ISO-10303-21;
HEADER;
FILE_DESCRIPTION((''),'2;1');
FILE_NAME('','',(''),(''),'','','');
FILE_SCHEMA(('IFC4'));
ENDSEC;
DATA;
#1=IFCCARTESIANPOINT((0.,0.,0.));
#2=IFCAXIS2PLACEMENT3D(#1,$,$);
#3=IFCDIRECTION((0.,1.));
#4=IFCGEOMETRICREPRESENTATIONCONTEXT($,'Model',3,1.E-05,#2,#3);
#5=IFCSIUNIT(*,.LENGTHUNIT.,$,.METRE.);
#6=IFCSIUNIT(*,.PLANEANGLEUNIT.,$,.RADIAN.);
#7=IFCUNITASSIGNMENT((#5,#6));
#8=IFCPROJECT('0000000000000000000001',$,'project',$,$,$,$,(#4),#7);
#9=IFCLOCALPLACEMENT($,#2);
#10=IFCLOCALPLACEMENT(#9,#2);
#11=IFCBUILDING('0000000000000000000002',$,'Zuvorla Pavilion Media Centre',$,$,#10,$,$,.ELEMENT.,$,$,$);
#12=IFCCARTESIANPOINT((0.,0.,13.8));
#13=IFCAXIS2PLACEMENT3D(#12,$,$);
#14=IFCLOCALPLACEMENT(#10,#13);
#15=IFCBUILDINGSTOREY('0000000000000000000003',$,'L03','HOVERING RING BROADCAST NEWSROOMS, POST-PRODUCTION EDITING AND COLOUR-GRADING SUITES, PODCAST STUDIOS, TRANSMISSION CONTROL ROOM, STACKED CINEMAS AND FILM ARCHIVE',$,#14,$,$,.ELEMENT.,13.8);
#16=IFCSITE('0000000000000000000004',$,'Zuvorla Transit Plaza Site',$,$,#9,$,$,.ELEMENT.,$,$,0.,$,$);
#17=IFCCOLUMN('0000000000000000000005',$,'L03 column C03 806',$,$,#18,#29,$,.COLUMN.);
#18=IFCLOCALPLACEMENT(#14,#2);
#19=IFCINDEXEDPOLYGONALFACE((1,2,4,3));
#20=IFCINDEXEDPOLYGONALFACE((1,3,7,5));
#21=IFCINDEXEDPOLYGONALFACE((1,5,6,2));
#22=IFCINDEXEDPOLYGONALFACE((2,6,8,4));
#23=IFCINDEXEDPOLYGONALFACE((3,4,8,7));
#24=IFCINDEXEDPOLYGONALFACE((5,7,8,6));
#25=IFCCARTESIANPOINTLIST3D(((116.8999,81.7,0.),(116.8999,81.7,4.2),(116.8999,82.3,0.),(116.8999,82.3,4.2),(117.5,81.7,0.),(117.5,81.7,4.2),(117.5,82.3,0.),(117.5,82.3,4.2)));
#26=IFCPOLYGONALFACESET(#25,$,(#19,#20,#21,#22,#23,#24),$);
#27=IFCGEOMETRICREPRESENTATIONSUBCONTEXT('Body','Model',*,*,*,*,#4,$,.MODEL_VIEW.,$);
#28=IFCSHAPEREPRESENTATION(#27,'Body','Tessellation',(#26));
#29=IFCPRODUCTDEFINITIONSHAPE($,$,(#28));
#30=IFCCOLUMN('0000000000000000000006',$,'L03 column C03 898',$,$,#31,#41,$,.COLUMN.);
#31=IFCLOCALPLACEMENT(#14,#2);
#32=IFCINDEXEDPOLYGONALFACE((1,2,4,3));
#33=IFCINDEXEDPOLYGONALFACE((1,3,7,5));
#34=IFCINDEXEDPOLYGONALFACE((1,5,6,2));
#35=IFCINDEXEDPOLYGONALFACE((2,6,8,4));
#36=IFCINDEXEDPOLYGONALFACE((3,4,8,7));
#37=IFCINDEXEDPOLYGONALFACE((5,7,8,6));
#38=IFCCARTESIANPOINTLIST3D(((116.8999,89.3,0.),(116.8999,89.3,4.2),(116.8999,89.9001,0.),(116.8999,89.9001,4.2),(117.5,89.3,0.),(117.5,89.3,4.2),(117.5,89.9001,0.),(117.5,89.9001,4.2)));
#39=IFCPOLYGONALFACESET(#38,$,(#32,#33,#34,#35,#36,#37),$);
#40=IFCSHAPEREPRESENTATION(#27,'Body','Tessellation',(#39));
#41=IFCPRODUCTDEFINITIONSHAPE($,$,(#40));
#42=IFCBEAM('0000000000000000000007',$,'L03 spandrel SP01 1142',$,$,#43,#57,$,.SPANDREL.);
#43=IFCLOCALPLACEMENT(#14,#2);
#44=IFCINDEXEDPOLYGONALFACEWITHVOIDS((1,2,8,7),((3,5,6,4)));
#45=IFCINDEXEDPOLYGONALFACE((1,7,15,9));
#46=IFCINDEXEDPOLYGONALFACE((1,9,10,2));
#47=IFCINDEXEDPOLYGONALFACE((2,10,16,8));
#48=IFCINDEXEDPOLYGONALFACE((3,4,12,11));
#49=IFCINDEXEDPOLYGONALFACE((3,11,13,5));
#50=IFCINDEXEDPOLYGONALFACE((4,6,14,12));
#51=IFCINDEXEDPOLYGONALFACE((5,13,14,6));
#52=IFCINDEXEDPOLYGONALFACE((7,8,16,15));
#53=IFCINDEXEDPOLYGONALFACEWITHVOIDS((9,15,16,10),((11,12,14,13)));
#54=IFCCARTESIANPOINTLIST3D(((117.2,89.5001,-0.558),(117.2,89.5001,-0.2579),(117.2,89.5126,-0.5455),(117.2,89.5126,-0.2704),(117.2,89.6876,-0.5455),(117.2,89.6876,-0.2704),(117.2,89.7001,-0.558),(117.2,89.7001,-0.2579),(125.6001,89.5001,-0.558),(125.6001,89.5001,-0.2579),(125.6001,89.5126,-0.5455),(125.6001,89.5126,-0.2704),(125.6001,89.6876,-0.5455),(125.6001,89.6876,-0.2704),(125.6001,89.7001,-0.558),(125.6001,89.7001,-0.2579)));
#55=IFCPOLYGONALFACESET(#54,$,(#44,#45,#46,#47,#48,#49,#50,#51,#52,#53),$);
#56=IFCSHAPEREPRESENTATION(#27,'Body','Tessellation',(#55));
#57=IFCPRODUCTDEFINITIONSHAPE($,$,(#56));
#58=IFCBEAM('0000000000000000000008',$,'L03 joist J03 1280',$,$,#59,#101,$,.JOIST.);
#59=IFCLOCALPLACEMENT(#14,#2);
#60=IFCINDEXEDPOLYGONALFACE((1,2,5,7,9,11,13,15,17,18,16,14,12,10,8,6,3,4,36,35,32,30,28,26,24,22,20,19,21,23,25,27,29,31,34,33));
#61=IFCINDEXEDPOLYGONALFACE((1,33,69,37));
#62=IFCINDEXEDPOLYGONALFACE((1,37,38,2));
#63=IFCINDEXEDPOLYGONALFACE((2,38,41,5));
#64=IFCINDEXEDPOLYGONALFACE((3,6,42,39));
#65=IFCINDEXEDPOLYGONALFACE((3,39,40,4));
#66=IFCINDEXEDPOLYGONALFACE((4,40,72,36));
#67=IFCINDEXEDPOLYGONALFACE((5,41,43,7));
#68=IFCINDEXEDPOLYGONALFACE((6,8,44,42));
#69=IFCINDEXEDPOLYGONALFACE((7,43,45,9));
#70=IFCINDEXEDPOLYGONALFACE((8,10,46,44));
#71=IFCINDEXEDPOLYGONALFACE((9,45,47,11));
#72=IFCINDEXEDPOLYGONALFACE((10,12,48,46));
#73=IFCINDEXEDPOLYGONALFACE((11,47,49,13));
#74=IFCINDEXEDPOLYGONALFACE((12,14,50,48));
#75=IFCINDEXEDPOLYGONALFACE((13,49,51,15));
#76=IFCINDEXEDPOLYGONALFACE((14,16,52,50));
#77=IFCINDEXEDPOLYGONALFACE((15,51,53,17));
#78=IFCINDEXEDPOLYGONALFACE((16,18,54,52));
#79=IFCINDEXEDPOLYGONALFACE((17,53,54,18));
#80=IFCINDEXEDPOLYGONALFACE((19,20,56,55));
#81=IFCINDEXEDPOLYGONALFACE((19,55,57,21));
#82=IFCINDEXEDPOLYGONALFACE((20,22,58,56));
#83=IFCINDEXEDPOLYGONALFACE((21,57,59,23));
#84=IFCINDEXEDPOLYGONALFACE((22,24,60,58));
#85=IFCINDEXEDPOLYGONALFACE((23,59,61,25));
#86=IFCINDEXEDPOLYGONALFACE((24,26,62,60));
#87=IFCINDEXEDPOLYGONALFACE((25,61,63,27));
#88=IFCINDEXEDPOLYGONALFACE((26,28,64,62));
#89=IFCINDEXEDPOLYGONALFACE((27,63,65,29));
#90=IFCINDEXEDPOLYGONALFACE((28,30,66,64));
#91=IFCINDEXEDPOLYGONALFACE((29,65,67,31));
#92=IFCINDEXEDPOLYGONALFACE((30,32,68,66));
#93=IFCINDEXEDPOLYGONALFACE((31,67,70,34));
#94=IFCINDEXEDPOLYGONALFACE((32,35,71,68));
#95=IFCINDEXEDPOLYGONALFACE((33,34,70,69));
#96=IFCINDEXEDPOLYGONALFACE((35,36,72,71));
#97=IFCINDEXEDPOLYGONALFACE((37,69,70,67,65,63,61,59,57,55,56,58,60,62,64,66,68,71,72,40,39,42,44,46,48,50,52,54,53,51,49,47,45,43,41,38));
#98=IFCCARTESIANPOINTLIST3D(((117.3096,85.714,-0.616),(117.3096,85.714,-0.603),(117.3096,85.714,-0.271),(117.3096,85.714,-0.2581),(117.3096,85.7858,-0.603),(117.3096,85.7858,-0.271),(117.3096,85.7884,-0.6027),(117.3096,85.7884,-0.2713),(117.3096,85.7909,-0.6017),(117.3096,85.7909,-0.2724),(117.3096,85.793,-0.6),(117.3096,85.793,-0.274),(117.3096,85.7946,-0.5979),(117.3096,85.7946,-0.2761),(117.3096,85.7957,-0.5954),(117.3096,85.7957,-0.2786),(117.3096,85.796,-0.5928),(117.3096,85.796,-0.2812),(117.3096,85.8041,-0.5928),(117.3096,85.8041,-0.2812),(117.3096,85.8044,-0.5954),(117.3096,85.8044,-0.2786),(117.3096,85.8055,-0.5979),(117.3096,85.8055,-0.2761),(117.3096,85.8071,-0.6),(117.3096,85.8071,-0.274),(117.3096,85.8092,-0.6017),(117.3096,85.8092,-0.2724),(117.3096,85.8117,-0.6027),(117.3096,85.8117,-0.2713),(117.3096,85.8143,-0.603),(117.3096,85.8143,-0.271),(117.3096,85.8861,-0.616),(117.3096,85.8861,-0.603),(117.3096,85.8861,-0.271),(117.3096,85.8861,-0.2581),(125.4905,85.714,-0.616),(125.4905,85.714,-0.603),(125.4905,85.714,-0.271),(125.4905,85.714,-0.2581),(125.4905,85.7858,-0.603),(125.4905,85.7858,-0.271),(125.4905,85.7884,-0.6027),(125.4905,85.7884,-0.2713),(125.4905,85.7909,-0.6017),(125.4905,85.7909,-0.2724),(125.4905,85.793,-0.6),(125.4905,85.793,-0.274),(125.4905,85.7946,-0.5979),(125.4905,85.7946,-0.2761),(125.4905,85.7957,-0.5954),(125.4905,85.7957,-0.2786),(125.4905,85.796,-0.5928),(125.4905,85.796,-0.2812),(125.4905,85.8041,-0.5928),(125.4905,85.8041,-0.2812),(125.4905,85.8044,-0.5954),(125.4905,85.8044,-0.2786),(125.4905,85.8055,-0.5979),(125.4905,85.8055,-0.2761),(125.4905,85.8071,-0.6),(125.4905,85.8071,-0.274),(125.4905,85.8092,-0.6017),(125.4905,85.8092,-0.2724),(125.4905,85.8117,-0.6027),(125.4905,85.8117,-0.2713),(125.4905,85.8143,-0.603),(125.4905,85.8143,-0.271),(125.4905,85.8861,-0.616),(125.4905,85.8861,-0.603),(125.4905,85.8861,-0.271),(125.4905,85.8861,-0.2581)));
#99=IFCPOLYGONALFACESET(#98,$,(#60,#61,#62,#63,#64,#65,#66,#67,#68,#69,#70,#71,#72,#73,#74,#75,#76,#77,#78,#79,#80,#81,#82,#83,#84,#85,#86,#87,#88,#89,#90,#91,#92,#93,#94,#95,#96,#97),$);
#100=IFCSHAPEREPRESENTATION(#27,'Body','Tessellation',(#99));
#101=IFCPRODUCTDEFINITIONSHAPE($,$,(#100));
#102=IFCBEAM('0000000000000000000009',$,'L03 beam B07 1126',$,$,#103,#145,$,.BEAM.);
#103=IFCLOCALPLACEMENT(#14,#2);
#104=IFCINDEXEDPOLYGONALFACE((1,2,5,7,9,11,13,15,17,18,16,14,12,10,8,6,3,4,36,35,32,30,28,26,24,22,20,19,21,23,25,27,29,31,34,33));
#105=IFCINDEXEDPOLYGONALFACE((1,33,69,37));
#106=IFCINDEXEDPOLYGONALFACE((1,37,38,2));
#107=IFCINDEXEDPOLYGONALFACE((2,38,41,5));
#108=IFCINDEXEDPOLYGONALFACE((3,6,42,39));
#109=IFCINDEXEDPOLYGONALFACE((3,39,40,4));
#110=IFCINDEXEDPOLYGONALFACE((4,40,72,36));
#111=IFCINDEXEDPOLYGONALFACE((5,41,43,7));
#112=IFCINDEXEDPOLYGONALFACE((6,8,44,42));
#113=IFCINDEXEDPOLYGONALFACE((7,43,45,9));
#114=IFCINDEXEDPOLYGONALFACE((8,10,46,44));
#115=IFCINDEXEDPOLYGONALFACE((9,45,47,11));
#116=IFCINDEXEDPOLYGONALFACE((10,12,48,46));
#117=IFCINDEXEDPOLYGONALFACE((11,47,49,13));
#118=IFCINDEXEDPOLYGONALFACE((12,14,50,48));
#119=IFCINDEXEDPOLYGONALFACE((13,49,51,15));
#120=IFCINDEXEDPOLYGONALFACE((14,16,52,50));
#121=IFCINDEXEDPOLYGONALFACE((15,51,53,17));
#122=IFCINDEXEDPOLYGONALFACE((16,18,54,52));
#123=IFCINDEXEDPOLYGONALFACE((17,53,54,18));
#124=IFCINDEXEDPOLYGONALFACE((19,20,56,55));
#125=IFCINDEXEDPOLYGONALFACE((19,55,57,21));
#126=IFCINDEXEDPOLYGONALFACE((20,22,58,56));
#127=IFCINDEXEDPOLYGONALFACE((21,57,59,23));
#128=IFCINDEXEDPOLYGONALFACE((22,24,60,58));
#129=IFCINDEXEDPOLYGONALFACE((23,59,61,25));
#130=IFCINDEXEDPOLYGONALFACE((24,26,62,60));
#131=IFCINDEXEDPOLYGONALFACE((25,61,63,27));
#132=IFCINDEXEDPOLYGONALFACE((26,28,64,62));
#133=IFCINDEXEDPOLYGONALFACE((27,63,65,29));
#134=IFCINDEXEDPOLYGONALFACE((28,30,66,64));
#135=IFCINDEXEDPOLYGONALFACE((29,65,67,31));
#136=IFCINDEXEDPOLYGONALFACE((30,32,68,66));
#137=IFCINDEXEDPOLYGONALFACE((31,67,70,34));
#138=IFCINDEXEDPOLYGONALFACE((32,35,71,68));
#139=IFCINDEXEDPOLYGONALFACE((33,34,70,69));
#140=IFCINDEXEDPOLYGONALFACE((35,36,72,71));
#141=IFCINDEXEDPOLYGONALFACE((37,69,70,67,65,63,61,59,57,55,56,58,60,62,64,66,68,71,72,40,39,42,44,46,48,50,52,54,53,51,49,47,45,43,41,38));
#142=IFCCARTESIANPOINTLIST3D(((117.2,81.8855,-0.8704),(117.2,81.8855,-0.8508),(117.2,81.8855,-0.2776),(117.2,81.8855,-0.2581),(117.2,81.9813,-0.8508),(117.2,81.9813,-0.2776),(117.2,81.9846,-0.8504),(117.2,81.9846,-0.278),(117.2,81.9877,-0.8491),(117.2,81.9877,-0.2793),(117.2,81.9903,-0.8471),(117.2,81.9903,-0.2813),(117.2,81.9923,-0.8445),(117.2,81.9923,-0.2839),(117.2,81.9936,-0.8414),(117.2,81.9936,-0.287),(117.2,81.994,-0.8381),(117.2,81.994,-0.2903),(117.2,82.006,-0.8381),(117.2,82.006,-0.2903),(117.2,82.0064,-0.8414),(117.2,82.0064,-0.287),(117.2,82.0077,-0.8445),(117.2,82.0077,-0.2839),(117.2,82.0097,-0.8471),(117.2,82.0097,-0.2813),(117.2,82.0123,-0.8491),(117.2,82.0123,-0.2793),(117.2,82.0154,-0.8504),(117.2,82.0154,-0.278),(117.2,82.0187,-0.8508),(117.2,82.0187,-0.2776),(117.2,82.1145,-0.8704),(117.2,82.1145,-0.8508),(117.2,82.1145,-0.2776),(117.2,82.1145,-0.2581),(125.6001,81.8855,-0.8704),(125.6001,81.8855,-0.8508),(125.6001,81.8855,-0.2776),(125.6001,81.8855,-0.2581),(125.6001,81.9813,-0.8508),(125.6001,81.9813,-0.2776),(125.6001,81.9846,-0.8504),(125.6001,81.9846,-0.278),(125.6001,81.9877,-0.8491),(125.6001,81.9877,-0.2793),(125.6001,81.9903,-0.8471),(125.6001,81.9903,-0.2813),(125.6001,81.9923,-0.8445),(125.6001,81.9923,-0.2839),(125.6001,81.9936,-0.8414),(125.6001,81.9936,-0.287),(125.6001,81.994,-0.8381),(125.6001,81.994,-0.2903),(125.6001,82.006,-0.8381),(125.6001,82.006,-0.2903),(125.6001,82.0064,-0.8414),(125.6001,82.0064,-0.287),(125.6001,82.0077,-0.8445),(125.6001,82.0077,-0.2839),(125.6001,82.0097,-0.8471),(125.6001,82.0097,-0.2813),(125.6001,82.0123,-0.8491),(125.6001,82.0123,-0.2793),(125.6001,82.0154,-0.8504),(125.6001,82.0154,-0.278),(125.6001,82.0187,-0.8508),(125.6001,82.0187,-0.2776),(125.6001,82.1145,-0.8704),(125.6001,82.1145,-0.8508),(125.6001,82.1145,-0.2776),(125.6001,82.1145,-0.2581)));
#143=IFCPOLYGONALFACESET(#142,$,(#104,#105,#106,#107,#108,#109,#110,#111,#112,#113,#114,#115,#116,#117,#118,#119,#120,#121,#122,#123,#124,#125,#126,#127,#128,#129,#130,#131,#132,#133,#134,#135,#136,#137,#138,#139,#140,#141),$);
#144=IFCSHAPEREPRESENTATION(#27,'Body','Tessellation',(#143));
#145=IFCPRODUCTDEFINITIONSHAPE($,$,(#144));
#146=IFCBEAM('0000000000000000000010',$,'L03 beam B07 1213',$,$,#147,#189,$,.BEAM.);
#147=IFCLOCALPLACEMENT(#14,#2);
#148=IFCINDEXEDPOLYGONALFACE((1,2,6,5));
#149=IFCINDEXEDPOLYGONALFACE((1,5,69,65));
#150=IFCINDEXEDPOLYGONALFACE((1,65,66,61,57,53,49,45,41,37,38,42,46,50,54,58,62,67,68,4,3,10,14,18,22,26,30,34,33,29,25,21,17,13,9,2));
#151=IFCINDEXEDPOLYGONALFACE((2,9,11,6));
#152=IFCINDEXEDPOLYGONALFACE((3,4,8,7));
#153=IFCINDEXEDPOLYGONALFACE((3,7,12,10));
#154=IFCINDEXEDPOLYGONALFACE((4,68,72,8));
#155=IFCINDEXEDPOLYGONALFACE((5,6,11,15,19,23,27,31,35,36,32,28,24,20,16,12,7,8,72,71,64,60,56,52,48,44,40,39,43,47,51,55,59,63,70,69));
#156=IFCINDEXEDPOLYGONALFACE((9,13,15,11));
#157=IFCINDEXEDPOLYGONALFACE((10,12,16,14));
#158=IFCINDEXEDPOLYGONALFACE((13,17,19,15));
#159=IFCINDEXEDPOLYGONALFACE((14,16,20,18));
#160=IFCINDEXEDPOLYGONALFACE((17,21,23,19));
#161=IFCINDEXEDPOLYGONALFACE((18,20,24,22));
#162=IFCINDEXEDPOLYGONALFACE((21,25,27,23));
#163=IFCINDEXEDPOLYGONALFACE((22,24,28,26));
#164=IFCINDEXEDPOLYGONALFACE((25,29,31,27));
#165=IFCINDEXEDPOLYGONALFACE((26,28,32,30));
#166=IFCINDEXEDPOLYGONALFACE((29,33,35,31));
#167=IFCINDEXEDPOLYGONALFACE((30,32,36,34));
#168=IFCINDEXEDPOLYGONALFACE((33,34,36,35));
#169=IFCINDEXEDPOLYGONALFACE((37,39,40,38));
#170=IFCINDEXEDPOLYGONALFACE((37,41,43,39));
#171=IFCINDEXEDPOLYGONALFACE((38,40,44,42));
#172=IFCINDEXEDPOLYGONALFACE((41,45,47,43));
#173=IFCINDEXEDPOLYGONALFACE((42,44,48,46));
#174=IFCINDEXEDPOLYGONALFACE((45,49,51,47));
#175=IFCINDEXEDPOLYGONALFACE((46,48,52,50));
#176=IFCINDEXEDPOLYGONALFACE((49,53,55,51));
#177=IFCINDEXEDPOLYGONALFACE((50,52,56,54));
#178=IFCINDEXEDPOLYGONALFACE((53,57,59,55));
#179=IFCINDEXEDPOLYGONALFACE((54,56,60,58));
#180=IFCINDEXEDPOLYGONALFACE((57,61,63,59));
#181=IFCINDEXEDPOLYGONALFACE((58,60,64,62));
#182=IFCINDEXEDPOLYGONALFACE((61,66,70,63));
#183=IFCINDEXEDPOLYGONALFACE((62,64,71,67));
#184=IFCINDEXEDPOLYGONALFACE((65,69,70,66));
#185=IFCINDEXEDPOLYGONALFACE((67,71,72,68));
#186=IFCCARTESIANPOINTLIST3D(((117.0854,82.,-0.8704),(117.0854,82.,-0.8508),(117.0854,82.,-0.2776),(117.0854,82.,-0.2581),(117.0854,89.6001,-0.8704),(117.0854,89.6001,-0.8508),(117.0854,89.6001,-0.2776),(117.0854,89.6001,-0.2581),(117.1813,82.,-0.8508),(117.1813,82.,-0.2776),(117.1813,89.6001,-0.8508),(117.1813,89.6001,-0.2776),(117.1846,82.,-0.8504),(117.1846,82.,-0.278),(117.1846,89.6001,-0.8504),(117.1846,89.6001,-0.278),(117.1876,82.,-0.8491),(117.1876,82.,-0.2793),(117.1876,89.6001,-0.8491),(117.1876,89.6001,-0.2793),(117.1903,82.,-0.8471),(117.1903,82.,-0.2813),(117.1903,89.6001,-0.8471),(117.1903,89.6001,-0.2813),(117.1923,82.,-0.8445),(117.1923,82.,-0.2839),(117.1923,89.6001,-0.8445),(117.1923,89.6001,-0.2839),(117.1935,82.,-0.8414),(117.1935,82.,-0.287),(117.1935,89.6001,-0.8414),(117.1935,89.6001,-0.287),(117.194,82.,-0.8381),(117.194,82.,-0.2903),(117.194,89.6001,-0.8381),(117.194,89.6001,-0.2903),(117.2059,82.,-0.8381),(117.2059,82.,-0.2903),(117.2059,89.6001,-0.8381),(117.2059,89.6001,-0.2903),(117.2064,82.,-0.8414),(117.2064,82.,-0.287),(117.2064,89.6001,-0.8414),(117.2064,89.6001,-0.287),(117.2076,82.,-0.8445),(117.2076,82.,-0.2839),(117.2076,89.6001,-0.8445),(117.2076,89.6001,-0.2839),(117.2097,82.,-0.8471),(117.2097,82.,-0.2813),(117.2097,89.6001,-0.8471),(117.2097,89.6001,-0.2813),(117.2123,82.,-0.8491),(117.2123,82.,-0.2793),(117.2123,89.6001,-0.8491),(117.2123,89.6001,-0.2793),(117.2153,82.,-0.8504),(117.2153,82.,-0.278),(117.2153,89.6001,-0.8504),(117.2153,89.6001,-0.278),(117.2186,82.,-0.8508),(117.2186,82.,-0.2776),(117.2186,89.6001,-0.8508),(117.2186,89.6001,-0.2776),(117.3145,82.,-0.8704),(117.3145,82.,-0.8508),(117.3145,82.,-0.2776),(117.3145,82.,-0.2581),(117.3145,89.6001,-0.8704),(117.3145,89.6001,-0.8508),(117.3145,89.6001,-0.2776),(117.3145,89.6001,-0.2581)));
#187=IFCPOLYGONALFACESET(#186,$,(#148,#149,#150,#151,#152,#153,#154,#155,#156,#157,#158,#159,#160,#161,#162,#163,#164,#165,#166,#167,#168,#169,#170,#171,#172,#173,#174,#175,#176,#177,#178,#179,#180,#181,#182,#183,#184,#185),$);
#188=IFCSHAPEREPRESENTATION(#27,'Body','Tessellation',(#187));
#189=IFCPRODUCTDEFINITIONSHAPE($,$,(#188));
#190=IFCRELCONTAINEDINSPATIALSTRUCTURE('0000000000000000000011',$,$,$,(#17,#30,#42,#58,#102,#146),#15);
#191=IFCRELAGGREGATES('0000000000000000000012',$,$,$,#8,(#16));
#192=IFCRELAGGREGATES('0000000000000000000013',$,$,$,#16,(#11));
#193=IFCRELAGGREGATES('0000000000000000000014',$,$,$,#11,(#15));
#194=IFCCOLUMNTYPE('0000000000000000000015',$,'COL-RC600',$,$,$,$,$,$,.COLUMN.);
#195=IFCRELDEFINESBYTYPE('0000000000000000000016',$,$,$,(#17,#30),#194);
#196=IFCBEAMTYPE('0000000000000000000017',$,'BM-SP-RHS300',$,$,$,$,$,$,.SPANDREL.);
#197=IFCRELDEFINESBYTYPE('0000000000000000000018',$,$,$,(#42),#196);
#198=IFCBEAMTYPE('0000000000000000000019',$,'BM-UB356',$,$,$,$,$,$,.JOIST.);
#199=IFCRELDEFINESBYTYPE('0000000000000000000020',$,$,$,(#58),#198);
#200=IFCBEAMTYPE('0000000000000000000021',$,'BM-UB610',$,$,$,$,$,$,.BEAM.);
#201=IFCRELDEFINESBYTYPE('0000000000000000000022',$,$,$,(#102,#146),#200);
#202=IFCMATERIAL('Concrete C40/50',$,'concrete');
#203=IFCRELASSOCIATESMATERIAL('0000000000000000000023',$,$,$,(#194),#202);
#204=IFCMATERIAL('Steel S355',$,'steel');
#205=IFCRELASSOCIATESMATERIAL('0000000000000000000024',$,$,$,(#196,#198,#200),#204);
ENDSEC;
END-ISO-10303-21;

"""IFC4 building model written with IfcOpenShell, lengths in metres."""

from ifc_helpers import new_model, si_unit, direction, frame, origin, origin_2d, place, context, subcontext, project, spatial, rectangle, hollow_rectangle, i_section, extrude, material, material_profile, profile_set, type_object, element, save


model = new_model("IFC4")

# Units and contexts
model_context = context("Model", 3, precision=1e-05, world=origin(), true_north=direction((0.0, 1.0)))
body_context = subcontext(model_context, "Body", "Model", "MODEL_VIEW")
ifc_project = project(units=[si_unit("LENGTHUNIT", "METRE"), si_unit("PLANEANGLEUNIT", "RADIAN")], contexts=[model_context])

# Site, building, storey
site_placement = place(None, origin())
site = spatial("IfcSite", under=ifc_project, at=site_placement, Name="Zuvorla Transit Plaza Site", CompositionType="ELEMENT", RefElevation=0.0)
building_placement = place(site_placement, origin())
building = spatial("IfcBuilding", under=site, at=building_placement, Name="Zuvorla Pavilion Media Centre", CompositionType="ELEMENT")
storey_placement = place(building_placement, frame((0.0, 0.0, 13.8)))
storey = spatial("IfcBuildingStorey", under=building, at=storey_placement, Name="L03", Description="HOVERING RING BROADCAST NEWSROOMS, POST-PRODUCTION EDITING AND COLOUR-GRADING SUITES, PODCAST STUDIOS, TRANSMISSION CONTROL ROOM, STACKED CINEMAS AND FILM ARCHIVE", CompositionType="ELEMENT", Elevation=13.8)

# Columns
ifc_material_1 = material(Name="Concrete C40/50", Category="concrete")
ifc_material_profile_1 = material_profile(ifc_material_1, rectangle(XDim=0.6001, YDim=0.6001, at=origin_2d()), Name="RC 600x600")
ifc_profile_set_1 = profile_set([ifc_material_profile_1], Name="Concrete C40/50")
column_type = type_object("IfcColumnType", Name="COL-RC600", PredefinedType="COLUMN", material=ifc_profile_set_1)
for number, where, z_axis, x_axis, name in (
    (1, (117.2, 82.0, 0.0), (0.0, 0.0, 1.0), (1.0, 0.0, 0.0), "L03 column C03 806"),
    (2, (117.2, 89.6001, 0.0), (0.0, 0.0, 1.0), (1.0, 0.0, 0.0), "L03 column C03 898"),
):
    element("IfcColumn", number, at=place(storey_placement, frame(where, z_axis=z_axis, x_axis=x_axis)), inside=storey, type_object=column_type, Name=name, PredefinedType="COLUMN", context=body_context, shape_type="SweptSolid", body=[
        extrude(rectangle(XDim=0.6001, YDim=0.6001, at=origin_2d()), origin(), (0.0, 0.0, 1.0), 4.2),
    ])

# Beams
ifc_material_2 = material(Name="Steel S355", Category="steel")
ifc_material_profile_2 = material_profile(ifc_material_2, hollow_rectangle(XDim=0.2, YDim=0.3, WallThickness=0.0125, at=origin_2d()), Name="RHS 300x200x12.5")
ifc_profile_set_2 = profile_set([ifc_material_profile_2], Name="Steel S355")
beam_type_1 = type_object("IfcBeamType", Name="BM-SP-RHS300", PredefinedType="SPANDREL", material=ifc_profile_set_2)
beam_1_placement = place(storey_placement, frame((117.2, 89.6001, -0.408), z_axis=(1.0, 0.0, 0.0), x_axis=(0.0, 1.0, 0.0)))
element("IfcBeam", 3, at=beam_1_placement, inside=storey, type_object=beam_type_1, Name="L03 spandrel SP01 1142", PredefinedType="SPANDREL", context=body_context, shape_type="SweptSolid", body=[
    extrude(hollow_rectangle(XDim=0.2, YDim=0.3, WallThickness=0.0125, at=origin_2d()), origin(), (0.0, 0.0, 1.0), 8.4001),
])
ifc_material_profile_3 = material_profile(ifc_material_2, i_section(OverallWidth=0.1721, OverallDepth=0.3579, WebThickness=0.0081, FlangeThickness=0.0129, FilletRadius=0.0103, at=origin_2d()), Name="UB 356x171x57")
ifc_profile_set_3 = profile_set([ifc_material_profile_3], Name="Steel S355")
beam_type_2 = type_object("IfcBeamType", Name="BM-UB356", PredefinedType="JOIST", material=ifc_profile_set_3)
beam_2_placement = place(storey_placement, frame((117.3096, 85.8, -0.437), z_axis=(1.0, 0.0, 0.0), x_axis=(0.0, 1.0, 0.0)))
element("IfcBeam", 4, at=beam_2_placement, inside=storey, type_object=beam_type_2, Name="L03 joist J03 1280", PredefinedType="JOIST", context=body_context, shape_type="SweptSolid", body=[
    extrude(i_section(OverallWidth=0.1721, OverallDepth=0.3579, WebThickness=0.0081, FlangeThickness=0.0129, FilletRadius=0.0103, at=origin_2d()), origin(), (0.0, 0.0, 1.0), 8.1809),
])
ifc_material_profile_4 = material_profile(ifc_material_2, i_section(OverallWidth=0.229, OverallDepth=0.6123, WebThickness=0.012, FlangeThickness=0.0195, FilletRadius=0.0127, at=origin_2d()), Name="UB 610x229x125")
ifc_profile_set_4 = profile_set([ifc_material_profile_4], Name="Steel S355")
beam_type_3 = type_object("IfcBeamType", Name="BM-UB610", PredefinedType="BEAM", material=ifc_profile_set_4)
beam_3_placement = place(storey_placement, frame((117.2, 82.0, -0.5642), z_axis=(1.0, 0.0, 0.0), x_axis=(0.0, 1.0, 0.0)))
element("IfcBeam", 5, at=beam_3_placement, inside=storey, type_object=beam_type_3, Name="L03 beam B07 1126", PredefinedType="BEAM", context=body_context, shape_type="SweptSolid", body=[
    extrude(i_section(OverallWidth=0.229, OverallDepth=0.6123, WebThickness=0.012, FlangeThickness=0.0195, FilletRadius=0.0127, at=origin_2d()), origin(), (0.0, 0.0, 1.0), 8.4001),
])
beam_4_placement = place(storey_placement, frame((117.2, 82.0, -0.5642), z_axis=(0.0, 1.0, 0.0), x_axis=(-1.0, 0.0, 0.0)))
element("IfcBeam", 6, at=beam_4_placement, inside=storey, type_object=beam_type_3, Name="L03 beam B07 1213", PredefinedType="BEAM", context=body_context, shape_type="SweptSolid", body=[
    extrude(i_section(OverallWidth=0.229, OverallDepth=0.6123, WebThickness=0.012, FlangeThickness=0.0195, FilletRadius=0.0127, at=origin_2d()), origin(), (0.0, 0.0, 1.0), 7.6001),
])

save(model, "model.ifc")
